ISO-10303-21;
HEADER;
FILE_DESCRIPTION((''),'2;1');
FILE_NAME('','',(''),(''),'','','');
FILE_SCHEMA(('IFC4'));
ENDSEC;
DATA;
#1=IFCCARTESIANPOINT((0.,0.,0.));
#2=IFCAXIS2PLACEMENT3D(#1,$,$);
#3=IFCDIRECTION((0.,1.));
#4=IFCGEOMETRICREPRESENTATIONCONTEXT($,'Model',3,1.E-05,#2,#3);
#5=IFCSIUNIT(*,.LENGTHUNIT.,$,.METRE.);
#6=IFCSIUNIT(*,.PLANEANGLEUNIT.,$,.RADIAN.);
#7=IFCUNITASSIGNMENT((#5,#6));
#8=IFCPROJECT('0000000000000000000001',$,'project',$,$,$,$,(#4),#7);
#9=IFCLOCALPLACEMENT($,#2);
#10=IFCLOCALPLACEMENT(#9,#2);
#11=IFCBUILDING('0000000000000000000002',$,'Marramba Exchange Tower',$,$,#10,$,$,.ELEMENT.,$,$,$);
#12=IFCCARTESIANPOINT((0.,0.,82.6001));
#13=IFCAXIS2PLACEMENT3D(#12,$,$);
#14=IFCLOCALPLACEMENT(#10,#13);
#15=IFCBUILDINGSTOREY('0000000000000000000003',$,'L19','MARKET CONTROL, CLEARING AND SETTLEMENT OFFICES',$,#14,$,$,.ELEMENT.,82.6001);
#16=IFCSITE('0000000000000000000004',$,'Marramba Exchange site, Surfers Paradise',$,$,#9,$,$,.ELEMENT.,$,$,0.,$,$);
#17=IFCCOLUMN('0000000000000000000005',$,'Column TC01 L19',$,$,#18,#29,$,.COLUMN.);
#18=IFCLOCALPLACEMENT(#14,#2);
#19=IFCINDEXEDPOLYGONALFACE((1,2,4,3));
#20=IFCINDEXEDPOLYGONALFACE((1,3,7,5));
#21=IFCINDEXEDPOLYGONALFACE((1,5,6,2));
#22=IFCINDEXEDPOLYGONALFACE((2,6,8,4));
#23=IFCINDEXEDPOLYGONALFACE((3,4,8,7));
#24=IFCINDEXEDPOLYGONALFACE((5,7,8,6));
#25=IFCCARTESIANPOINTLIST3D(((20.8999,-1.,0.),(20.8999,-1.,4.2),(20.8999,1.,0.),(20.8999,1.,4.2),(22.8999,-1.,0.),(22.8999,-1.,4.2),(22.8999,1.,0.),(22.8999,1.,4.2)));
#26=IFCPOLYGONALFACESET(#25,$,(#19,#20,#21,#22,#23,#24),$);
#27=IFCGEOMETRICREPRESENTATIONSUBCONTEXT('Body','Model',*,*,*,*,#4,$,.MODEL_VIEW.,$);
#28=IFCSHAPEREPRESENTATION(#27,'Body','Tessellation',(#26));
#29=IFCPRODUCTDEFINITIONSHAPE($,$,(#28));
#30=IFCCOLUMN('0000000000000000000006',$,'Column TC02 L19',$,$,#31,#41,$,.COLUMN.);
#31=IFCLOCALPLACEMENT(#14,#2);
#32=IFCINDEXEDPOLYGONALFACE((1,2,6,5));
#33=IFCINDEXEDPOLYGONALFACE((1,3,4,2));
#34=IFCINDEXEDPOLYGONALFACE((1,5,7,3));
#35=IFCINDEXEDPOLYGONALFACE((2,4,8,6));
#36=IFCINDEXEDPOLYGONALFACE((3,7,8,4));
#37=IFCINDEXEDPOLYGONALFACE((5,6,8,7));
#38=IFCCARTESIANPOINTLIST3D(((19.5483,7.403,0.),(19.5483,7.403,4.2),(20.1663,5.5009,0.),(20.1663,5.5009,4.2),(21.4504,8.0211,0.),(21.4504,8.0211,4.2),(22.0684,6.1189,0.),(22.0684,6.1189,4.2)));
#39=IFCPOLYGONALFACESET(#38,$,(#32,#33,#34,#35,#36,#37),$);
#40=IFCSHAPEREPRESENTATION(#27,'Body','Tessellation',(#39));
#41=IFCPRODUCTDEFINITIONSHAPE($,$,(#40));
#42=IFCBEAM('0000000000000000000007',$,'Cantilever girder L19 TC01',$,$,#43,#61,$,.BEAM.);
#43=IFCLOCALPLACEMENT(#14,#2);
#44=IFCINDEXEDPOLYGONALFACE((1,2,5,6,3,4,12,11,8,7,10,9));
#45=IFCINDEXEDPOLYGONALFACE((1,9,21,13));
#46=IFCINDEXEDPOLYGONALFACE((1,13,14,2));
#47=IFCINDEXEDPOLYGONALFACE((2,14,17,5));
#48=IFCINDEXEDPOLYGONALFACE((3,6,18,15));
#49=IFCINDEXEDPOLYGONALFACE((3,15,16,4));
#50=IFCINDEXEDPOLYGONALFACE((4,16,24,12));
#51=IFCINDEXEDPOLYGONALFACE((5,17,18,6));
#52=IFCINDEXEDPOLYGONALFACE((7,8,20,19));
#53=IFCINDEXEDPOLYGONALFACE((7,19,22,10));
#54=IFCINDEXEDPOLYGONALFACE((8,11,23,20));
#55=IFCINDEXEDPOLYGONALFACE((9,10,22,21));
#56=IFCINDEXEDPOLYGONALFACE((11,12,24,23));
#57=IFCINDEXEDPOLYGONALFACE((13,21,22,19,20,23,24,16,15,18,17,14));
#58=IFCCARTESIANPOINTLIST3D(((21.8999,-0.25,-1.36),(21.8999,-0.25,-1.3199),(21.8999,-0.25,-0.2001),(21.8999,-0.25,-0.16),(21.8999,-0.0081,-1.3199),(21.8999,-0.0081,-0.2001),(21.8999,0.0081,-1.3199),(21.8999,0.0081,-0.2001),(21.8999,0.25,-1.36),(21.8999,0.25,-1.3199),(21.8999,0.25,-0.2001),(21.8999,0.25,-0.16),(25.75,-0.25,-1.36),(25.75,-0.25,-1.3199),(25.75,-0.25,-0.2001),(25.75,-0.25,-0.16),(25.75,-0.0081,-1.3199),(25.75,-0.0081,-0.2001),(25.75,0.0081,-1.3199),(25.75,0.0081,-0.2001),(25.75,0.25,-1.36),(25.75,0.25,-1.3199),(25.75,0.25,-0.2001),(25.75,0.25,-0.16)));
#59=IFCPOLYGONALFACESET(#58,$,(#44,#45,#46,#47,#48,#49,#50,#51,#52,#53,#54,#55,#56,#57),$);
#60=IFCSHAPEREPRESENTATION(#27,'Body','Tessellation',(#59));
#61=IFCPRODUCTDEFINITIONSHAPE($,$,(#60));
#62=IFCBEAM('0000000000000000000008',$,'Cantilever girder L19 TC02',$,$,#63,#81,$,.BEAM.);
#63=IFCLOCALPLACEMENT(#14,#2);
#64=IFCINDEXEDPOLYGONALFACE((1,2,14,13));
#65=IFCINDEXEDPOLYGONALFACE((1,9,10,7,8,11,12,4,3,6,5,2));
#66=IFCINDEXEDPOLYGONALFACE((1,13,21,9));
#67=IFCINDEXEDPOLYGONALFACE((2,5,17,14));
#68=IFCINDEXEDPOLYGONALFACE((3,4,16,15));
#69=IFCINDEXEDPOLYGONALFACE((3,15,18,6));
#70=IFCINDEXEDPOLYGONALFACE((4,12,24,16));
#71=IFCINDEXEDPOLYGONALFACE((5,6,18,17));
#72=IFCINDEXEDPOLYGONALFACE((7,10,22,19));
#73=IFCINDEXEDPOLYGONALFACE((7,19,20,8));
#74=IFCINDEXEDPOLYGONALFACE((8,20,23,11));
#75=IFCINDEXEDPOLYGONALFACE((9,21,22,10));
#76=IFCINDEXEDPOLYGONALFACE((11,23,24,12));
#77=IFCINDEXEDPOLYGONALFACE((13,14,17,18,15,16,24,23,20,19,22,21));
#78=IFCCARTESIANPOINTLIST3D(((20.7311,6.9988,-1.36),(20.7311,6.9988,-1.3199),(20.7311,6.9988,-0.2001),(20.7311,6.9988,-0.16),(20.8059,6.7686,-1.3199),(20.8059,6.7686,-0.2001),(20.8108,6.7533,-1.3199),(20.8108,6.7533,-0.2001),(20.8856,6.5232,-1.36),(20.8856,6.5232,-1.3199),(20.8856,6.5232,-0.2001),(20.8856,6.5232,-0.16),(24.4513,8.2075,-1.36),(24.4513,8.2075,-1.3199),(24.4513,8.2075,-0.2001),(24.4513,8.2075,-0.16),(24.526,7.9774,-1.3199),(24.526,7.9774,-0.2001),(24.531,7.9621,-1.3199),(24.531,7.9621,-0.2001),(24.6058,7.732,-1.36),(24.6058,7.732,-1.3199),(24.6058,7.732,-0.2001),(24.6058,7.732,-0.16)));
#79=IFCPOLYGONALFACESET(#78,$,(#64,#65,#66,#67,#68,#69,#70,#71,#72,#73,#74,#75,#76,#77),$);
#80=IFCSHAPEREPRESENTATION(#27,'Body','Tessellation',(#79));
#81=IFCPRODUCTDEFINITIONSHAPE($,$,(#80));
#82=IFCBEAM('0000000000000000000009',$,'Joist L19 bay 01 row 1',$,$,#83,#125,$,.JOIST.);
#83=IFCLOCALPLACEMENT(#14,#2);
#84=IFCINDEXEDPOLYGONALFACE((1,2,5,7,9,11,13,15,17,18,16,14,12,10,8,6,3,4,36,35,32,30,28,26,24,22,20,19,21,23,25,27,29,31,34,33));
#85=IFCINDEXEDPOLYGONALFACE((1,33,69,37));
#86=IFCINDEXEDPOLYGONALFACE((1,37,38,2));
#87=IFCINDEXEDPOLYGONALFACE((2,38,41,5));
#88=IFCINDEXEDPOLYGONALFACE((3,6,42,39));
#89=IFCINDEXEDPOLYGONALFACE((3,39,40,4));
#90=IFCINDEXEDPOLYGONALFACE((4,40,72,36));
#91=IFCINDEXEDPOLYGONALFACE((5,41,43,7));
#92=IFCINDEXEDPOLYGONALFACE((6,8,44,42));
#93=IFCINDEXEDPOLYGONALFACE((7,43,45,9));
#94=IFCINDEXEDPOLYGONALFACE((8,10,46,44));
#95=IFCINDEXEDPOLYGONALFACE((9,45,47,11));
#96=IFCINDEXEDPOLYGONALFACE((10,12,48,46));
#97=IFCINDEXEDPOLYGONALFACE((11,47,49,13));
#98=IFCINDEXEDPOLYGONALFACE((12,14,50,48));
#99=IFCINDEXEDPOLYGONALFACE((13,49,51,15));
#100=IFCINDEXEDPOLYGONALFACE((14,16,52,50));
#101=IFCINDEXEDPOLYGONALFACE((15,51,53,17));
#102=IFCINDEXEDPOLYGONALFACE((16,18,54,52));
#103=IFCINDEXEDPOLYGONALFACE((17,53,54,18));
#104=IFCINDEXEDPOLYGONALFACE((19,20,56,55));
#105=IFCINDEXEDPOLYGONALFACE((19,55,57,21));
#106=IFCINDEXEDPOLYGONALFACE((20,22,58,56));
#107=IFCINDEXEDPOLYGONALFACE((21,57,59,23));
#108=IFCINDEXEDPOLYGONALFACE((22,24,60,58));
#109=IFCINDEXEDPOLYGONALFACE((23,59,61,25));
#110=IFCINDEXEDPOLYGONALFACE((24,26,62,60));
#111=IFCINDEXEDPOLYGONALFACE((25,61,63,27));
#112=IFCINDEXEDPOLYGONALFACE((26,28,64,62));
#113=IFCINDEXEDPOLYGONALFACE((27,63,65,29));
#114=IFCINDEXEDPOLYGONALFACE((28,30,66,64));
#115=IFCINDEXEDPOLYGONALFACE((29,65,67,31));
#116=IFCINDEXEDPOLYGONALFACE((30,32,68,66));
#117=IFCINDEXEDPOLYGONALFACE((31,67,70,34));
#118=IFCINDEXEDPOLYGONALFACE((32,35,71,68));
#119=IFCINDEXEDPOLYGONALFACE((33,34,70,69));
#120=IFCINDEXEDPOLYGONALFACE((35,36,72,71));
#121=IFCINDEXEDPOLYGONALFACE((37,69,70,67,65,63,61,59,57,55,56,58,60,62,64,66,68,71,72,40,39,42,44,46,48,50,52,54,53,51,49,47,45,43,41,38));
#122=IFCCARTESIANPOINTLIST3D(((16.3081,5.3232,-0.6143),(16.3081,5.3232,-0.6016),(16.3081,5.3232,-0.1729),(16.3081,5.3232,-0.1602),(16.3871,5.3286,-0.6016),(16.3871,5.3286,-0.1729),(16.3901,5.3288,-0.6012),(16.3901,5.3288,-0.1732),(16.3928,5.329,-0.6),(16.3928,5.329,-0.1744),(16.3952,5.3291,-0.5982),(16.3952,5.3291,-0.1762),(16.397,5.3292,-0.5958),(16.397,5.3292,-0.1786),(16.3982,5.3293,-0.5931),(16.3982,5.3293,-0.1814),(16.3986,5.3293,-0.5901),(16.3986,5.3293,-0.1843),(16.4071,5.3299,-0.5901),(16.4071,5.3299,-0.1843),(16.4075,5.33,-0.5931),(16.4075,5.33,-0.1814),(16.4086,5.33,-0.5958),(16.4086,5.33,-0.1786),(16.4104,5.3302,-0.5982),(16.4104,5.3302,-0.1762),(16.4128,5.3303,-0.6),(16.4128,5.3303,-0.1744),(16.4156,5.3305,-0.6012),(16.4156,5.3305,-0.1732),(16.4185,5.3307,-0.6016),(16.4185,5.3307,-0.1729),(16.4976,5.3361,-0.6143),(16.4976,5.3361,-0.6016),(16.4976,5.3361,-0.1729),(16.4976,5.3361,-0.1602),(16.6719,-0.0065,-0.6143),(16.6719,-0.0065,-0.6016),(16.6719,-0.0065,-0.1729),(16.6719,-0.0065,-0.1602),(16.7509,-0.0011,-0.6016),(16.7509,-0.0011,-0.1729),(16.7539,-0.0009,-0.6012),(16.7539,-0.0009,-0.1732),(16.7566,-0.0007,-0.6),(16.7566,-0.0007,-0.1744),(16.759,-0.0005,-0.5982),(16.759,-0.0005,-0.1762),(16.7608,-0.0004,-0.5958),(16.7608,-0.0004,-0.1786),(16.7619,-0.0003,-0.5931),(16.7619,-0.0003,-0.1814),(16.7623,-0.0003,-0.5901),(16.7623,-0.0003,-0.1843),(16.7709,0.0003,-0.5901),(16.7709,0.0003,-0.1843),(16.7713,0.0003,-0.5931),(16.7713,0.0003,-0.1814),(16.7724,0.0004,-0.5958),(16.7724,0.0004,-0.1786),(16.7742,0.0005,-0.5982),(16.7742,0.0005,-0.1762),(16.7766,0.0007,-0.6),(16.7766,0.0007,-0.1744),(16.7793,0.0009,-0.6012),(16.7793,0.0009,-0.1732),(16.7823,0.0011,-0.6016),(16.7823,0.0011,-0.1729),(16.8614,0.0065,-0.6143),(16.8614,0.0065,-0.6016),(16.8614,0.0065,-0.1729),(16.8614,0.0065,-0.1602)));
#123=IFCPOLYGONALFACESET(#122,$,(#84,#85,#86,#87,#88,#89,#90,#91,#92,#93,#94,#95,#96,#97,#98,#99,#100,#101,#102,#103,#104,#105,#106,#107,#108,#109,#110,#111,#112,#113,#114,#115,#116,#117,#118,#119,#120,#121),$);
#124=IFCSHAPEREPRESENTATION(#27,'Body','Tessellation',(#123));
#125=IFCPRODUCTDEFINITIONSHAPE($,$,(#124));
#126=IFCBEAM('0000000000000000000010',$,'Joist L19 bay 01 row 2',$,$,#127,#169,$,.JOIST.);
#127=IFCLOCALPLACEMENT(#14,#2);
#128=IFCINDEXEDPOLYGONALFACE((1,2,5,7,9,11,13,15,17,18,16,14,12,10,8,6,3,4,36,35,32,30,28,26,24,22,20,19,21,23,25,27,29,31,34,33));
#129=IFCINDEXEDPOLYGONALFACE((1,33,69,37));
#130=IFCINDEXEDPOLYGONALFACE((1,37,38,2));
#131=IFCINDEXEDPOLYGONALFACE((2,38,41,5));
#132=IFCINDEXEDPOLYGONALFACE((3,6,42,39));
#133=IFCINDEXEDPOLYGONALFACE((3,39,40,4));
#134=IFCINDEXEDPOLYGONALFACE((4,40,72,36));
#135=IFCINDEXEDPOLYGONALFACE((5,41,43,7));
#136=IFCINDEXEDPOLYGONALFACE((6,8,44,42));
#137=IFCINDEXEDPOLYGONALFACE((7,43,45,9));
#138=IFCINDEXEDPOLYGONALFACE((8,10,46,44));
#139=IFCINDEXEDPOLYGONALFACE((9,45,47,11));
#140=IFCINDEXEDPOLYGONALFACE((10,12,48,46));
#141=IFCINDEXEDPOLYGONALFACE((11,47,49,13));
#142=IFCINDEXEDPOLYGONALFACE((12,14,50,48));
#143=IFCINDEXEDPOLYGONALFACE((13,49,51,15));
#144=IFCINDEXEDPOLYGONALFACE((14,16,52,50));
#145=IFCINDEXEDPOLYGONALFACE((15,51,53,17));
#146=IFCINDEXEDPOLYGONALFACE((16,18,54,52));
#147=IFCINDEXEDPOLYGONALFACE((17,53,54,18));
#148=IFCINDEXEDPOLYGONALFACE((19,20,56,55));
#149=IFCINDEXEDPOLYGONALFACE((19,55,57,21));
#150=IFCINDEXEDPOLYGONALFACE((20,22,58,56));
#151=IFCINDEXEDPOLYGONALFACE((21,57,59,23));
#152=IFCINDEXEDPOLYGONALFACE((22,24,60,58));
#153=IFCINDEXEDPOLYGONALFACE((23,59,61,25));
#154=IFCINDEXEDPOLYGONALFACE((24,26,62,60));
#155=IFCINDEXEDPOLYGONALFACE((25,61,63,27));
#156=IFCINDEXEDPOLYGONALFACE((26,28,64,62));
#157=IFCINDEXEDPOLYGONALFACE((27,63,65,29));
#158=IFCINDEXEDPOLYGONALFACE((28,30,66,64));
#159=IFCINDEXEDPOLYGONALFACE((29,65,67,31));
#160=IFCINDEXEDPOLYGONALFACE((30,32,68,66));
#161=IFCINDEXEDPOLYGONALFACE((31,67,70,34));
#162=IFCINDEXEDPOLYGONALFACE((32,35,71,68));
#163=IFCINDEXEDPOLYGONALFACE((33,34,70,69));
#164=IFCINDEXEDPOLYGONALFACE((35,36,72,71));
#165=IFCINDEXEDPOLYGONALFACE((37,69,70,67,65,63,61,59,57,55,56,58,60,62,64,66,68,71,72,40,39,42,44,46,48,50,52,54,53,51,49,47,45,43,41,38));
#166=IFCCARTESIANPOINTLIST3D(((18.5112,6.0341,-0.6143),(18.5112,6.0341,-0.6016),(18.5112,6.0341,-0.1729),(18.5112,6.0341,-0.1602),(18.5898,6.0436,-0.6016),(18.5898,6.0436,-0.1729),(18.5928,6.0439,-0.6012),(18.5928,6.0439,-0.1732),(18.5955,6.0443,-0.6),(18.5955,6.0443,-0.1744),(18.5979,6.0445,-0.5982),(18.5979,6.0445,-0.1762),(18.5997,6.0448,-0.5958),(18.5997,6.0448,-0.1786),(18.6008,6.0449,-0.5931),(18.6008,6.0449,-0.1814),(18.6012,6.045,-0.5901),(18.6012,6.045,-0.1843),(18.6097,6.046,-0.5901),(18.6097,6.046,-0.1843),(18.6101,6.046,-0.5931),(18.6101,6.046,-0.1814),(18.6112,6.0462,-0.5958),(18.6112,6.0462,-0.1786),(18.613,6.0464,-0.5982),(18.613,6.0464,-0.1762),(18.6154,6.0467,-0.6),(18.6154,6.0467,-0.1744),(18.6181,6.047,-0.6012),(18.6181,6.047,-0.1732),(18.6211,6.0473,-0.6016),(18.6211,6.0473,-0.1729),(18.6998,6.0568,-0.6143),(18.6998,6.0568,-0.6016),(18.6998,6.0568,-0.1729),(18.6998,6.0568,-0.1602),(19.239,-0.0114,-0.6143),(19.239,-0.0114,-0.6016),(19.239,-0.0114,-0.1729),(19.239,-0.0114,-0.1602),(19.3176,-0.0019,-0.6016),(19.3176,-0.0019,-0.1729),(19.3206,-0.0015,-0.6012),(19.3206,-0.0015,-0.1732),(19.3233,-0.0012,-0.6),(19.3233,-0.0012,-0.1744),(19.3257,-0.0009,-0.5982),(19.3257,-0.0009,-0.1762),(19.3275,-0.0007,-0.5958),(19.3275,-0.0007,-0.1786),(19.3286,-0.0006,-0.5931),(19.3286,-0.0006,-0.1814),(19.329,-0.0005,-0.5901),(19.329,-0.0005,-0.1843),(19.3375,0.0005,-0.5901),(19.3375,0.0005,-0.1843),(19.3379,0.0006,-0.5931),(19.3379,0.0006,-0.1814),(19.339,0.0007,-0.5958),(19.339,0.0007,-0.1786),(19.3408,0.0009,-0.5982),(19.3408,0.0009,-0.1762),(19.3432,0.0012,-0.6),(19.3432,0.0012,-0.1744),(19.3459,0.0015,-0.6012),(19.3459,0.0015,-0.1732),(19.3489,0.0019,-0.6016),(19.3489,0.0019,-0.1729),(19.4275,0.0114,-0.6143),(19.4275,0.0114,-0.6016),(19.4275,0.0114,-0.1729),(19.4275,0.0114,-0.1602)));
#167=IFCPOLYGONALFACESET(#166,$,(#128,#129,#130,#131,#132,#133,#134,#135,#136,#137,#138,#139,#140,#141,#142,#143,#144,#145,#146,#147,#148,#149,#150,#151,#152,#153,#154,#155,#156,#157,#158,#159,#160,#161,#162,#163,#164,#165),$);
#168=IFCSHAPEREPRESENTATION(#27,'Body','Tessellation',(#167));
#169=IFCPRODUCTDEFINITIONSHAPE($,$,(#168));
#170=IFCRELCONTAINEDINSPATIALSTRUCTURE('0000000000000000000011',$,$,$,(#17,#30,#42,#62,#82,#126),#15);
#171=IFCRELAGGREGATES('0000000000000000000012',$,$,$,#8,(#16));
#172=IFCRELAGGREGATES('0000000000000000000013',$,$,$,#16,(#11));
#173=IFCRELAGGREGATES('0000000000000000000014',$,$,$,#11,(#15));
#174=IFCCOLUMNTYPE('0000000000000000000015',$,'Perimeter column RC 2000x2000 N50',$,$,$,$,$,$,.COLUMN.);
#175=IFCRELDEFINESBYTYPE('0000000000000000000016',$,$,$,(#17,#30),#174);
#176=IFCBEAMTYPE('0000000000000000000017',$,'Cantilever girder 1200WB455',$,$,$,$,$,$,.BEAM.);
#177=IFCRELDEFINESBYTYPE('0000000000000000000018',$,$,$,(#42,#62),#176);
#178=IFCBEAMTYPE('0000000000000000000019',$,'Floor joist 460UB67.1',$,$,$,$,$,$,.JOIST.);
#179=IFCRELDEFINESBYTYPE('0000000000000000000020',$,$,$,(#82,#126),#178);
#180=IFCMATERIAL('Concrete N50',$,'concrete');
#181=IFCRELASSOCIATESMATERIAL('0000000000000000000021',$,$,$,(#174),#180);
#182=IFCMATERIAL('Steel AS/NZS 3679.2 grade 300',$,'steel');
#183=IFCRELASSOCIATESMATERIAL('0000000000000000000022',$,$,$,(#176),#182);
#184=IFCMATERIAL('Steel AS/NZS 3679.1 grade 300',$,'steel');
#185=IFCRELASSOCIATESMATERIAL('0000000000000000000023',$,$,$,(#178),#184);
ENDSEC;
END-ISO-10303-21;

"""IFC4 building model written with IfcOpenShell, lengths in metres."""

from ifc_helpers import new_model, si_unit, direction, frame, origin, origin_2d, place, context, subcontext, project, spatial, rectangle, i_section, extrude, material, material_profile, profile_set, type_object, element, save


model = new_model("IFC4")

# Units and contexts
model_context = context("Model", 3, precision=1e-05, world=origin(), true_north=direction((0.0, 1.0)))
body_context = subcontext(model_context, "Body", "Model", "MODEL_VIEW")
ifc_project = project(units=[si_unit("LENGTHUNIT", "METRE"), si_unit("PLANEANGLEUNIT", "RADIAN")], contexts=[model_context])

# Site, building, storey
site_placement = place(None, origin())
site = spatial("IfcSite", under=ifc_project, at=site_placement, Name="Marramba Exchange site, Surfers Paradise", CompositionType="ELEMENT", RefElevation=0.0)
building_placement = place(site_placement, origin())
building = spatial("IfcBuilding", under=site, at=building_placement, Name="Marramba Exchange Tower", CompositionType="ELEMENT")
storey_placement = place(building_placement, frame((0.0, 0.0, 82.6001)))
storey = spatial("IfcBuildingStorey", under=building, at=storey_placement, Name="L19", Description="MARKET CONTROL, CLEARING AND SETTLEMENT OFFICES", CompositionType="ELEMENT", Elevation=82.6001)

# Columns
ifc_material_1 = material(Name="Concrete N50", Category="concrete")
ifc_material_profile_1 = material_profile(ifc_material_1, rectangle(XDim=2.0, YDim=2.0, at=origin_2d()), Name="RC 2000x2000")
ifc_profile_set_1 = profile_set([ifc_material_profile_1], Name="Concrete N50")
column_type = type_object("IfcColumnType", Name="Perimeter column RC 2000x2000 N50", PredefinedType="COLUMN", material=ifc_profile_set_1)
for number, where, z_axis, x_axis, name in (
    (1, (21.8999, 0.0, 0.0), (0.0, 0.0, 1.0), (1.0, 0.0, 0.0), "Column TC01 L19"),
    (2, (20.8083, 6.761, 0.0), (0.0, 0.0, 1.0), (0.951057, 0.309017, 0.0), "Column TC02 L19"),
):
    element("IfcColumn", number, at=place(storey_placement, frame(where, z_axis=z_axis, x_axis=x_axis)), inside=storey, type_object=column_type, Name=name, PredefinedType="COLUMN", context=body_context, shape_type="SweptSolid", body=[
        extrude(rectangle(XDim=2.0, YDim=2.0, at=origin_2d()), origin(), (0.0, 0.0, 1.0), 4.2),
    ])

# Beams
ifc_material_2 = material(Name="Steel AS/NZS 3679.2 grade 300", Category="steel")
ifc_material_profile_2 = material_profile(ifc_material_2, i_section(OverallWidth=0.5, OverallDepth=1.2, WebThickness=0.0161, FlangeThickness=0.04, at=origin_2d()), Name="1200WB455")
ifc_profile_set_2 = profile_set([ifc_material_profile_2], Name="Steel AS/NZS 3679.2 grade 300")
beam_type_1 = type_object("IfcBeamType", Name="Cantilever girder 1200WB455", PredefinedType="BEAM", material=ifc_profile_set_2)
beam_1_placement = place(storey_placement, frame((21.8999, 0.0, -0.76), z_axis=(1.0, 0.0, 0.0), x_axis=(0.0, 1.0, 0.0)))
element("IfcBeam", 3, at=beam_1_placement, inside=storey, type_object=beam_type_1, Name="Cantilever girder L19 TC01", PredefinedType="BEAM", context=body_context, shape_type="SweptSolid", body=[
    extrude(i_section(OverallWidth=0.5, OverallDepth=1.2, WebThickness=0.0161, FlangeThickness=0.04, at=origin_2d()), origin(), (0.0, 0.0, 1.0), 3.8501),
])
beam_2_placement = place(storey_placement, frame((20.8083, 6.761, -0.76), z_axis=(0.951059, 0.30901, 0.0), x_axis=(-0.30901, 0.951059, 0.0)))
element("IfcBeam", 4, at=beam_2_placement, inside=storey, type_object=beam_type_1, Name="Cantilever girder L19 TC02", PredefinedType="BEAM", context=body_context, shape_type="SweptSolid", body=[
    extrude(i_section(OverallWidth=0.5, OverallDepth=1.2, WebThickness=0.0161, FlangeThickness=0.04, at=origin_2d()), origin(), (0.0, 0.0, 1.0), 3.9116),
])
ifc_material_3 = material(Name="Steel AS/NZS 3679.1 grade 300", Category="steel")
ifc_material_profile_3 = material_profile(ifc_material_3, i_section(OverallWidth=0.1899, OverallDepth=0.4541, WebThickness=0.0085, FlangeThickness=0.0127, FilletRadius=0.0115, at=origin_2d()), Name="460UB67.1")
ifc_profile_set_3 = profile_set([ifc_material_profile_3], Name="Steel AS/NZS 3679.1 grade 300")
beam_type_2 = type_object("IfcBeamType", Name="Floor joist 460UB67.1", PredefinedType="JOIST", material=ifc_profile_set_3)
beam_3_placement = place(storey_placement, frame((16.7666, 0.0, -0.3872), z_axis=(-0.068096, 0.997679, 0.0), x_axis=(-0.997679, -0.068096, 0.0)))
element("IfcBeam", 5, at=beam_3_placement, inside=storey, type_object=beam_type_2, Name="Joist L19 bay 01 row 1", PredefinedType="JOIST", context=body_context, shape_type="SweptSolid", body=[
    extrude(i_section(OverallWidth=0.1899, OverallDepth=0.4541, WebThickness=0.0085, FlangeThickness=0.0127, FilletRadius=0.0115, at=origin_2d()), origin(), (0.0, 0.0, 1.0), 5.342),
])
beam_4_placement = place(storey_placement, frame((19.3333, 0.0, -0.3872), z_axis=(-0.119523, 0.992831, 0.0), x_axis=(-0.992831, -0.119523, 0.0)))
element("IfcBeam", 6, at=beam_4_placement, inside=storey, type_object=beam_type_2, Name="Joist L19 bay 01 row 2", PredefinedType="JOIST", context=body_context, shape_type="SweptSolid", body=[
    extrude(i_section(OverallWidth=0.1899, OverallDepth=0.4541, WebThickness=0.0085, FlangeThickness=0.0127, FilletRadius=0.0115, at=origin_2d()), origin(), (0.0, 0.0, 1.0), 6.0891),
])

save(model, "model.ifc")
